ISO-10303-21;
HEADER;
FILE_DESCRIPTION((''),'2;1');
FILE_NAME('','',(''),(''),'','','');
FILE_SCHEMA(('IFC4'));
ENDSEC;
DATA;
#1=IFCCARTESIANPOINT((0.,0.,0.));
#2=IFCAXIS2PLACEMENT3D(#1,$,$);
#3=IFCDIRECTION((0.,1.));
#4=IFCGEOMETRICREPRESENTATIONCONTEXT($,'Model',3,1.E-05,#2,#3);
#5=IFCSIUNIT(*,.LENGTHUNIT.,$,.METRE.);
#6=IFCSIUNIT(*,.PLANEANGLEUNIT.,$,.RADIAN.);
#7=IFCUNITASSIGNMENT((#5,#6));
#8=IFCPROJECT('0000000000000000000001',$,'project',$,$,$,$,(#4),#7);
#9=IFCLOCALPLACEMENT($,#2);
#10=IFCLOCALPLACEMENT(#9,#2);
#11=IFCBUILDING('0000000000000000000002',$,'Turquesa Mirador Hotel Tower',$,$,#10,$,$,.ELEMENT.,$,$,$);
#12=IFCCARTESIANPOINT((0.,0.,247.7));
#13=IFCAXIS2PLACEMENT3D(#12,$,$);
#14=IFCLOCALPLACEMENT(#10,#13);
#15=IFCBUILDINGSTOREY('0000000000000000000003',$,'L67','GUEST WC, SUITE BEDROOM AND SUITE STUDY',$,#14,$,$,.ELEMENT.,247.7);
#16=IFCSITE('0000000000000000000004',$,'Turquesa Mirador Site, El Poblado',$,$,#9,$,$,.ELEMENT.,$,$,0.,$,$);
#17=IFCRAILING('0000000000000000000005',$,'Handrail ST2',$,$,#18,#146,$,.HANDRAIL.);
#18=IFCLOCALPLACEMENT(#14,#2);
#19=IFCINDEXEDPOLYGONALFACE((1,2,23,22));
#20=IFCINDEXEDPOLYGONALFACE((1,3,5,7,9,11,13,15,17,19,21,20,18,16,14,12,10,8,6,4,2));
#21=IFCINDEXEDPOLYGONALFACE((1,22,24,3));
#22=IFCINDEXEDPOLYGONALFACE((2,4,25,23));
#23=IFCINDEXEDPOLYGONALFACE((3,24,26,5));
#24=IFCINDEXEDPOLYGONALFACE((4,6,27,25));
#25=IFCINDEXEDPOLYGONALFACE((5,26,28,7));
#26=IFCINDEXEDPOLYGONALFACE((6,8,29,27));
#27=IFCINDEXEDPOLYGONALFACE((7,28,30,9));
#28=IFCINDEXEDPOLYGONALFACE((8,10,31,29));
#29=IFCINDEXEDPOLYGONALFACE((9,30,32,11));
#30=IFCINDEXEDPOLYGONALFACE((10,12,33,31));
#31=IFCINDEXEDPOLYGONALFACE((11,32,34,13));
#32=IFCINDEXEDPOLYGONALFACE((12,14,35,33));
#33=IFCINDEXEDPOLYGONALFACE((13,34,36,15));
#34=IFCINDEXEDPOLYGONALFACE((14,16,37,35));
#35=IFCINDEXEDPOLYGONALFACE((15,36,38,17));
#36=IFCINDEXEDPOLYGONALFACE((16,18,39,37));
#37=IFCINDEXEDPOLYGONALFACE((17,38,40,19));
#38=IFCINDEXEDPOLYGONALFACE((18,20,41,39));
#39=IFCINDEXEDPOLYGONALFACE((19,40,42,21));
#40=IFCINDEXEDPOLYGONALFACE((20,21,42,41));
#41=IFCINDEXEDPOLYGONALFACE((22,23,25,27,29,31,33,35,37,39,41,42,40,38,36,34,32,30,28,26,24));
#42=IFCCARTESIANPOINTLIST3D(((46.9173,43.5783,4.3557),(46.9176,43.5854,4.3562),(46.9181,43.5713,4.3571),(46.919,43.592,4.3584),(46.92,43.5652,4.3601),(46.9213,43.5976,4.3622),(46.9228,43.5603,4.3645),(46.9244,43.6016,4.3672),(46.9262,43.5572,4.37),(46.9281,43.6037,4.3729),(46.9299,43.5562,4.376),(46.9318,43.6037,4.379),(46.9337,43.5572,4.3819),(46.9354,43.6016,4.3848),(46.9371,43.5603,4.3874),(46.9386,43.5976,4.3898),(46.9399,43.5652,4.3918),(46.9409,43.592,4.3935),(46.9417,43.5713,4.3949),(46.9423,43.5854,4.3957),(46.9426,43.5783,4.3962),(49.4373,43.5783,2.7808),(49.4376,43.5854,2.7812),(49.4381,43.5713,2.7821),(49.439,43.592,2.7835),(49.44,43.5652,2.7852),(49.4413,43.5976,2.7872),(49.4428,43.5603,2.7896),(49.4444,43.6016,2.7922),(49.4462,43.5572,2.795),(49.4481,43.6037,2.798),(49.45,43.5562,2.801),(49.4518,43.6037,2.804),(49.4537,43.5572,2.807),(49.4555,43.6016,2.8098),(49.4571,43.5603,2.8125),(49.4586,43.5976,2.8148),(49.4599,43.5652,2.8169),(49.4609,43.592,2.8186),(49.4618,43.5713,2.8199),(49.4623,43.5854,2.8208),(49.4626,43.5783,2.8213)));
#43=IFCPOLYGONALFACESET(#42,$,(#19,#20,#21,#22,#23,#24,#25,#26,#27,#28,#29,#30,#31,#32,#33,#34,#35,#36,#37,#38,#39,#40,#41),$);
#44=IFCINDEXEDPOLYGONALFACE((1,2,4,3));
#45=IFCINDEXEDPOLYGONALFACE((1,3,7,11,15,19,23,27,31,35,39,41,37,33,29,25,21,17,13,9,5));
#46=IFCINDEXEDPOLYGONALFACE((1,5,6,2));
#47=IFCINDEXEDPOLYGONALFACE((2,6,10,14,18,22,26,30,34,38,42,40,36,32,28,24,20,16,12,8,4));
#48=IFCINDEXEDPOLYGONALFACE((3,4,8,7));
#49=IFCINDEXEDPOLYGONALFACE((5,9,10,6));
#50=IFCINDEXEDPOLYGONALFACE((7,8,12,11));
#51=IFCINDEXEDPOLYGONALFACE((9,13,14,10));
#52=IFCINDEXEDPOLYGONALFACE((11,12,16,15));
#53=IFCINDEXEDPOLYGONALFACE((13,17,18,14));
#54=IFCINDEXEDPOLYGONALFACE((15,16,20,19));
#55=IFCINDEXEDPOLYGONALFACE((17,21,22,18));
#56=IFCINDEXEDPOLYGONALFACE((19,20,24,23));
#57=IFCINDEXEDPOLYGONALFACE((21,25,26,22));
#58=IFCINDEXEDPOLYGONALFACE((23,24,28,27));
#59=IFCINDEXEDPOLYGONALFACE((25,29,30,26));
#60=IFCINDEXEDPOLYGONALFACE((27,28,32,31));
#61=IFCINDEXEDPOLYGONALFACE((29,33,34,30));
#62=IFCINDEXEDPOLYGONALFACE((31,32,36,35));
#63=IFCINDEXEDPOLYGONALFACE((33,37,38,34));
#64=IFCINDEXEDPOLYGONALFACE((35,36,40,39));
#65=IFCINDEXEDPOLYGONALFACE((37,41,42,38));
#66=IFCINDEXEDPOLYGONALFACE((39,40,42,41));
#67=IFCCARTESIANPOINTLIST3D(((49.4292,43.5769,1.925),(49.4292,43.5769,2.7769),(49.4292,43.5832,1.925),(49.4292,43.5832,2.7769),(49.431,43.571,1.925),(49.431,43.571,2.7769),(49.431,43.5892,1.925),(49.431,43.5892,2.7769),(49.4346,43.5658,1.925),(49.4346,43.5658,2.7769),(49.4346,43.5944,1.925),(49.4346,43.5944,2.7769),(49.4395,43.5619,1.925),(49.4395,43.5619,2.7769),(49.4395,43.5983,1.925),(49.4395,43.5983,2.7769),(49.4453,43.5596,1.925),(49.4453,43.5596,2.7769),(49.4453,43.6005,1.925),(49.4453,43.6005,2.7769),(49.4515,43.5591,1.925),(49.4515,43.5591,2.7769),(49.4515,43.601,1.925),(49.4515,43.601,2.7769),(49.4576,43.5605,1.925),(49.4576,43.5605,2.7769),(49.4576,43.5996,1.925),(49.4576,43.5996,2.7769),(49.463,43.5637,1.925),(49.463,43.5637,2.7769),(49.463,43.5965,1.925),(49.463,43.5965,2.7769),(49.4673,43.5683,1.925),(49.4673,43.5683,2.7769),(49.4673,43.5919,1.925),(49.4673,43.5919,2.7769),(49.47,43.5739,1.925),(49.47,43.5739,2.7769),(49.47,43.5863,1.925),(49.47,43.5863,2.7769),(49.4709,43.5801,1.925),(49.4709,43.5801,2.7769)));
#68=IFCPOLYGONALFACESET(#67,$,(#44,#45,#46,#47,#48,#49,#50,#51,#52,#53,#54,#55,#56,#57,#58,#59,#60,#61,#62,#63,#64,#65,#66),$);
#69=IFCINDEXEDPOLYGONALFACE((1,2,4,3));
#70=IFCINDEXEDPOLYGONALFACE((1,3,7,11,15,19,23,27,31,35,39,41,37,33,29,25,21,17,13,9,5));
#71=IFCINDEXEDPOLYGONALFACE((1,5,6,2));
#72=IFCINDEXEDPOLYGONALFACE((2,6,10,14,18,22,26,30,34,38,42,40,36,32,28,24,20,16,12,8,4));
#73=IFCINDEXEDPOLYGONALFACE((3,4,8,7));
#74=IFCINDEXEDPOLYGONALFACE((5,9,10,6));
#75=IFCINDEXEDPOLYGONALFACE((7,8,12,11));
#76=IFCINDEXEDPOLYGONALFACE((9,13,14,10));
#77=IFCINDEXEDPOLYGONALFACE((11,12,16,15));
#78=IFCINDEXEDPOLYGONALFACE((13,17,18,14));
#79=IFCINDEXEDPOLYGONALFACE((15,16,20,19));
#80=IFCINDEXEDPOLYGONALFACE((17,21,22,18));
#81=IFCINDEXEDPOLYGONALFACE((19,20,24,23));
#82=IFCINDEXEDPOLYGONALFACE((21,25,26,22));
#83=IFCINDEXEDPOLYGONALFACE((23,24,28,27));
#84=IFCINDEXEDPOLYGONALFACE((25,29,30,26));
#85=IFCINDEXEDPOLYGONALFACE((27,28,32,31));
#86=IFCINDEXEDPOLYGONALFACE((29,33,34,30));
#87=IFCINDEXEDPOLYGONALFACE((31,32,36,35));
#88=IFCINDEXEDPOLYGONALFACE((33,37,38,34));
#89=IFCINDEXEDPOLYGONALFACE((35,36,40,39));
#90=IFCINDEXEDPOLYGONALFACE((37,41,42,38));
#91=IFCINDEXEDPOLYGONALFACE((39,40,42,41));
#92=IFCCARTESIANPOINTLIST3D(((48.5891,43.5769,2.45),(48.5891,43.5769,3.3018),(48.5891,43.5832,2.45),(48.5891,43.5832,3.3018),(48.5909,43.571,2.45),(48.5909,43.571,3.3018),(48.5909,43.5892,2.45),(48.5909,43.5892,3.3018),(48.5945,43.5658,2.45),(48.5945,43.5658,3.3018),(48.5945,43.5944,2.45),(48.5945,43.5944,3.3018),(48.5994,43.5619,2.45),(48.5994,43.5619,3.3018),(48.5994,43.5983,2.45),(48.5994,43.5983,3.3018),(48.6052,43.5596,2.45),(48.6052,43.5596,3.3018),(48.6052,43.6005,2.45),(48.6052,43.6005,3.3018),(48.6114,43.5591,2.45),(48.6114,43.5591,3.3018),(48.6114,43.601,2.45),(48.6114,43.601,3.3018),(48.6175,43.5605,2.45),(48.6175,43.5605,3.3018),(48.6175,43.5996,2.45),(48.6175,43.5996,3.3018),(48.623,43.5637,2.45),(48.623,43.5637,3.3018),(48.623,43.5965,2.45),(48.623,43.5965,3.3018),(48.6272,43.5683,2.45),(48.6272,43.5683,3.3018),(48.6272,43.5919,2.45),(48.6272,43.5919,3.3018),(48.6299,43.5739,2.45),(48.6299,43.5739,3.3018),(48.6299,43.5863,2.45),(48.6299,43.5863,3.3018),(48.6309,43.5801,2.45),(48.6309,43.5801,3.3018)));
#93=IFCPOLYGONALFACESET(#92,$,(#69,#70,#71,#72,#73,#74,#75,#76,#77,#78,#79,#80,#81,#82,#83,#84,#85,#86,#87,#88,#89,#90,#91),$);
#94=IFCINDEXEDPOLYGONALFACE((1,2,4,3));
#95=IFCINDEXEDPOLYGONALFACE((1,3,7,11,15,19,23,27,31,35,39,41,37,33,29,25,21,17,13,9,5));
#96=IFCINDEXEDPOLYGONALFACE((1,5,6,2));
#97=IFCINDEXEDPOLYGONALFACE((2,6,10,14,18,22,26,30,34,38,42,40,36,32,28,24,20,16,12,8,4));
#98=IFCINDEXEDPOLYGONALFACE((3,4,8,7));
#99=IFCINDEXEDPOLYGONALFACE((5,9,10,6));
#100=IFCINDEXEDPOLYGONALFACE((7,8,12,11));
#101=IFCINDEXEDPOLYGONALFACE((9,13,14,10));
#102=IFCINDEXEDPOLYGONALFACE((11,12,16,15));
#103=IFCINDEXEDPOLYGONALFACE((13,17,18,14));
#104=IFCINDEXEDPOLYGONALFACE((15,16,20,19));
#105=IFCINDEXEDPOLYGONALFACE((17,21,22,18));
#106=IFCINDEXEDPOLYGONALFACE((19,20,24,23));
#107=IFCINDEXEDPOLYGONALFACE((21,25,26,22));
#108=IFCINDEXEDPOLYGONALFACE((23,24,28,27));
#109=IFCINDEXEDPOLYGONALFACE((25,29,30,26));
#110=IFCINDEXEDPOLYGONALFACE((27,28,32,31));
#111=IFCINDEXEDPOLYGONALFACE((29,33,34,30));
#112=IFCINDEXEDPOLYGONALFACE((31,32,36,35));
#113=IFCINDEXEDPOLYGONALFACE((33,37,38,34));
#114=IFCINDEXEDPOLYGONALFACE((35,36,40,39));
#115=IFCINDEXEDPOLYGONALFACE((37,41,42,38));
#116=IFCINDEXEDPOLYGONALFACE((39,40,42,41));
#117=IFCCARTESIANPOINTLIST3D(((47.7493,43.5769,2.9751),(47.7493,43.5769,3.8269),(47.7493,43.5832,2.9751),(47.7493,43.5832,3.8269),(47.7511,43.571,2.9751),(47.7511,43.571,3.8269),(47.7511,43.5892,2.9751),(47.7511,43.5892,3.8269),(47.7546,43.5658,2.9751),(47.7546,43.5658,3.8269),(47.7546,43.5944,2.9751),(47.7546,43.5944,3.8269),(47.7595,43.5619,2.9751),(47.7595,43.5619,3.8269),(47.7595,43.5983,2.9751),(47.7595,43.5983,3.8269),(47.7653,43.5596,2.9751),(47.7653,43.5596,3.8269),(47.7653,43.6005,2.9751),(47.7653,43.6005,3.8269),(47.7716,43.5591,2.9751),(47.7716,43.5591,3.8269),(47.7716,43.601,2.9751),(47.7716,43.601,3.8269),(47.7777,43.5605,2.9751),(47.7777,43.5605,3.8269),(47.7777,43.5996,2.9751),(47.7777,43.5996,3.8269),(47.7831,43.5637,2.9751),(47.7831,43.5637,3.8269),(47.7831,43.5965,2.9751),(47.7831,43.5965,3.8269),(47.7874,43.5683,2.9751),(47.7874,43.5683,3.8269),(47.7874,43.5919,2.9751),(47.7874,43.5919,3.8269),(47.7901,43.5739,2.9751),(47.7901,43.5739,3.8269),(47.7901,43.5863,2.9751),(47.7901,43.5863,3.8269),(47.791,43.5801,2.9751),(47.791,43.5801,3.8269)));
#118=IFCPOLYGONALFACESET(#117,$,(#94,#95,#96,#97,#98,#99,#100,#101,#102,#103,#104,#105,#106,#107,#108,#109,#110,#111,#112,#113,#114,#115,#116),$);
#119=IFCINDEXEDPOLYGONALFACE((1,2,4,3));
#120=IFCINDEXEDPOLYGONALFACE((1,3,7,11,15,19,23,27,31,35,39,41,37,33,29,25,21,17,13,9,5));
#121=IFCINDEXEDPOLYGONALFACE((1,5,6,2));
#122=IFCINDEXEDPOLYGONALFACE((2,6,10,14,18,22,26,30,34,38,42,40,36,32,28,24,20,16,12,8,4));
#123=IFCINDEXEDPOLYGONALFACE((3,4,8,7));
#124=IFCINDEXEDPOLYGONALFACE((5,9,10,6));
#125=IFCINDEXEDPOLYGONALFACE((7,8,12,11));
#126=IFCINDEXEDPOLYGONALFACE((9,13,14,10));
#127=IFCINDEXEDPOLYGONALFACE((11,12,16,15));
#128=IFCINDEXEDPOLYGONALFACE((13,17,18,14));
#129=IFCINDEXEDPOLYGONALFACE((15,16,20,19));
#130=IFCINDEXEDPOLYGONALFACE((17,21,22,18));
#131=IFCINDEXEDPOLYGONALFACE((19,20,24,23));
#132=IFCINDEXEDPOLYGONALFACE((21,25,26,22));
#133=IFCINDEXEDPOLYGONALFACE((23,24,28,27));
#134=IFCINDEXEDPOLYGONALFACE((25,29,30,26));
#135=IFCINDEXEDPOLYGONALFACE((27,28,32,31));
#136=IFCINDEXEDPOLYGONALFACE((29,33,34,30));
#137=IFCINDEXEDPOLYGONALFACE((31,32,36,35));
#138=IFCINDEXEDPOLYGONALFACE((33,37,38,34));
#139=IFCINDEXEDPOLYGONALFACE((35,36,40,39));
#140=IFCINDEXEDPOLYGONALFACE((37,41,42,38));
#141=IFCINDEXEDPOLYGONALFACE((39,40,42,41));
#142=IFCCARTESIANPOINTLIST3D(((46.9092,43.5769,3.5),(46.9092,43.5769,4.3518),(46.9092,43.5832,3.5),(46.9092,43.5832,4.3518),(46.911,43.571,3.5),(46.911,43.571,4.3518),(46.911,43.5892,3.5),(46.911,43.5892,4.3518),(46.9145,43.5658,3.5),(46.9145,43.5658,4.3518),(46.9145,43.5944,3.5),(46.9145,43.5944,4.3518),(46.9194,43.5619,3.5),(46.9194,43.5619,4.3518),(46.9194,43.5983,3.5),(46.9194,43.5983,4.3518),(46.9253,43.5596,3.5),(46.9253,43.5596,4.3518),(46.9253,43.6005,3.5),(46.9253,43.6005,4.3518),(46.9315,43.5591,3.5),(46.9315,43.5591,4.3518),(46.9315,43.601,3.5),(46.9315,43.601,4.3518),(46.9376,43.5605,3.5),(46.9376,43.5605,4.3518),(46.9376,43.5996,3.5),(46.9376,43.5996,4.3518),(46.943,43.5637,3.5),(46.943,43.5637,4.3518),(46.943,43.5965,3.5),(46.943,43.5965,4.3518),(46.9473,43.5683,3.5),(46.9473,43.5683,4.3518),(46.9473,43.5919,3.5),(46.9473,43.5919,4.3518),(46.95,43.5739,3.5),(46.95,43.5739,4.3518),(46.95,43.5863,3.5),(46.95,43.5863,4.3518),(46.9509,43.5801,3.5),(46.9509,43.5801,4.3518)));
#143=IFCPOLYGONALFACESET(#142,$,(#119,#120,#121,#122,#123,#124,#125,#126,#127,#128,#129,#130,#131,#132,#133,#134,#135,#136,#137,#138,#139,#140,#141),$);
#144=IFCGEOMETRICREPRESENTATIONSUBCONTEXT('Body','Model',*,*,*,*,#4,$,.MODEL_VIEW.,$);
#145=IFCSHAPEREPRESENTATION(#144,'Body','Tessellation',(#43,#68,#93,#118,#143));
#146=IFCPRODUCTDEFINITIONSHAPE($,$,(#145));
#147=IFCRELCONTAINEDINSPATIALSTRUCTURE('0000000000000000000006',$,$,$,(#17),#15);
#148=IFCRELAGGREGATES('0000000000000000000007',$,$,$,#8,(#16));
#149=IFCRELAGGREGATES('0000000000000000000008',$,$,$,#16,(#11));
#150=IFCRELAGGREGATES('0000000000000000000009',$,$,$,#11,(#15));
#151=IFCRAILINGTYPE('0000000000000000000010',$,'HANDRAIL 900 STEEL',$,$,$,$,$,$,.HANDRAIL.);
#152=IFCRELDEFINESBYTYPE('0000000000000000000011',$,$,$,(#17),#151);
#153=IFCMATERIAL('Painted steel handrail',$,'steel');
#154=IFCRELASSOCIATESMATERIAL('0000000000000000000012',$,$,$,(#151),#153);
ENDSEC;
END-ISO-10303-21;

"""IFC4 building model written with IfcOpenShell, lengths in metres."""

from ifc_helpers import new_model, si_unit, direction, frame, origin, origin_2d, place, context, subcontext, project, spatial, circle, extrude, material, type_object, element, save


model = new_model("IFC4")

# Units and contexts
model_context = context("Model", 3, precision=1e-05, world=origin(), true_north=direction((0.0, 1.0)))
body_context = subcontext(model_context, "Body", "Model", "MODEL_VIEW")
ifc_project = project(units=[si_unit("LENGTHUNIT", "METRE"), si_unit("PLANEANGLEUNIT", "RADIAN")], contexts=[model_context])

# Site, building, storey
site_placement = place(None, origin())
site = spatial("IfcSite", under=ifc_project, at=site_placement, Name="Turquesa Mirador Site, El Poblado", CompositionType="ELEMENT", RefElevation=0.0)
building_placement = place(site_placement, origin())
building = spatial("IfcBuilding", under=site, at=building_placement, Name="Turquesa Mirador Hotel Tower", CompositionType="ELEMENT")
storey_placement = place(building_placement, frame((0.0, 0.0, 247.7)))
storey = spatial("IfcBuildingStorey", under=building, at=storey_placement, Name="L67", Description="GUEST WC, SUITE BEDROOM AND SUITE STUDY", CompositionType="ELEMENT", Elevation=247.7)

# Railing
ifc_material_1 = material(Name="Painted steel handrail", Category="steel")
railing_type = type_object("IfcRailingType", Name="HANDRAIL 900 STEEL", PredefinedType="HANDRAIL", material=ifc_material_1)
railing_1_placement = place(storey_placement, frame((49.45, 43.5801, 1.925)))
element("IfcRailing", 1, at=railing_1_placement, inside=storey, type_object=railing_type, Name="Handrail ST2", PredefinedType="HANDRAIL", context=body_context, shape_type="SweptSolid", body=[
    extrude(circle(Radius=0.0239, at=origin_2d()), frame((0.0, 0.0, 0.876), z_axis=(-0.848008, 0.0, 0.529984), x_axis=(0.0, -1.0, 0.0)), (0.0, 0.0, 1.0), 2.9717),
    extrude(circle(Radius=0.021, at=origin_2d()), origin(), (0.0, 0.0, 1.0), 0.8518),
    extrude(circle(Radius=0.021, at=origin_2d()), frame((-0.8401, 0.0, 0.5249)), (0.0, 0.0, 1.0), 0.8518),
    extrude(circle(Radius=0.021, at=origin_2d()), frame((-1.6799, 0.0, 1.05)), (0.0, 0.0, 1.0), 0.8518),
    extrude(circle(Radius=0.021, at=origin_2d()), frame((-2.52, 0.0, 1.575)), (0.0, 0.0, 1.0), 0.8518),
])

save(model, "model.ifc")
